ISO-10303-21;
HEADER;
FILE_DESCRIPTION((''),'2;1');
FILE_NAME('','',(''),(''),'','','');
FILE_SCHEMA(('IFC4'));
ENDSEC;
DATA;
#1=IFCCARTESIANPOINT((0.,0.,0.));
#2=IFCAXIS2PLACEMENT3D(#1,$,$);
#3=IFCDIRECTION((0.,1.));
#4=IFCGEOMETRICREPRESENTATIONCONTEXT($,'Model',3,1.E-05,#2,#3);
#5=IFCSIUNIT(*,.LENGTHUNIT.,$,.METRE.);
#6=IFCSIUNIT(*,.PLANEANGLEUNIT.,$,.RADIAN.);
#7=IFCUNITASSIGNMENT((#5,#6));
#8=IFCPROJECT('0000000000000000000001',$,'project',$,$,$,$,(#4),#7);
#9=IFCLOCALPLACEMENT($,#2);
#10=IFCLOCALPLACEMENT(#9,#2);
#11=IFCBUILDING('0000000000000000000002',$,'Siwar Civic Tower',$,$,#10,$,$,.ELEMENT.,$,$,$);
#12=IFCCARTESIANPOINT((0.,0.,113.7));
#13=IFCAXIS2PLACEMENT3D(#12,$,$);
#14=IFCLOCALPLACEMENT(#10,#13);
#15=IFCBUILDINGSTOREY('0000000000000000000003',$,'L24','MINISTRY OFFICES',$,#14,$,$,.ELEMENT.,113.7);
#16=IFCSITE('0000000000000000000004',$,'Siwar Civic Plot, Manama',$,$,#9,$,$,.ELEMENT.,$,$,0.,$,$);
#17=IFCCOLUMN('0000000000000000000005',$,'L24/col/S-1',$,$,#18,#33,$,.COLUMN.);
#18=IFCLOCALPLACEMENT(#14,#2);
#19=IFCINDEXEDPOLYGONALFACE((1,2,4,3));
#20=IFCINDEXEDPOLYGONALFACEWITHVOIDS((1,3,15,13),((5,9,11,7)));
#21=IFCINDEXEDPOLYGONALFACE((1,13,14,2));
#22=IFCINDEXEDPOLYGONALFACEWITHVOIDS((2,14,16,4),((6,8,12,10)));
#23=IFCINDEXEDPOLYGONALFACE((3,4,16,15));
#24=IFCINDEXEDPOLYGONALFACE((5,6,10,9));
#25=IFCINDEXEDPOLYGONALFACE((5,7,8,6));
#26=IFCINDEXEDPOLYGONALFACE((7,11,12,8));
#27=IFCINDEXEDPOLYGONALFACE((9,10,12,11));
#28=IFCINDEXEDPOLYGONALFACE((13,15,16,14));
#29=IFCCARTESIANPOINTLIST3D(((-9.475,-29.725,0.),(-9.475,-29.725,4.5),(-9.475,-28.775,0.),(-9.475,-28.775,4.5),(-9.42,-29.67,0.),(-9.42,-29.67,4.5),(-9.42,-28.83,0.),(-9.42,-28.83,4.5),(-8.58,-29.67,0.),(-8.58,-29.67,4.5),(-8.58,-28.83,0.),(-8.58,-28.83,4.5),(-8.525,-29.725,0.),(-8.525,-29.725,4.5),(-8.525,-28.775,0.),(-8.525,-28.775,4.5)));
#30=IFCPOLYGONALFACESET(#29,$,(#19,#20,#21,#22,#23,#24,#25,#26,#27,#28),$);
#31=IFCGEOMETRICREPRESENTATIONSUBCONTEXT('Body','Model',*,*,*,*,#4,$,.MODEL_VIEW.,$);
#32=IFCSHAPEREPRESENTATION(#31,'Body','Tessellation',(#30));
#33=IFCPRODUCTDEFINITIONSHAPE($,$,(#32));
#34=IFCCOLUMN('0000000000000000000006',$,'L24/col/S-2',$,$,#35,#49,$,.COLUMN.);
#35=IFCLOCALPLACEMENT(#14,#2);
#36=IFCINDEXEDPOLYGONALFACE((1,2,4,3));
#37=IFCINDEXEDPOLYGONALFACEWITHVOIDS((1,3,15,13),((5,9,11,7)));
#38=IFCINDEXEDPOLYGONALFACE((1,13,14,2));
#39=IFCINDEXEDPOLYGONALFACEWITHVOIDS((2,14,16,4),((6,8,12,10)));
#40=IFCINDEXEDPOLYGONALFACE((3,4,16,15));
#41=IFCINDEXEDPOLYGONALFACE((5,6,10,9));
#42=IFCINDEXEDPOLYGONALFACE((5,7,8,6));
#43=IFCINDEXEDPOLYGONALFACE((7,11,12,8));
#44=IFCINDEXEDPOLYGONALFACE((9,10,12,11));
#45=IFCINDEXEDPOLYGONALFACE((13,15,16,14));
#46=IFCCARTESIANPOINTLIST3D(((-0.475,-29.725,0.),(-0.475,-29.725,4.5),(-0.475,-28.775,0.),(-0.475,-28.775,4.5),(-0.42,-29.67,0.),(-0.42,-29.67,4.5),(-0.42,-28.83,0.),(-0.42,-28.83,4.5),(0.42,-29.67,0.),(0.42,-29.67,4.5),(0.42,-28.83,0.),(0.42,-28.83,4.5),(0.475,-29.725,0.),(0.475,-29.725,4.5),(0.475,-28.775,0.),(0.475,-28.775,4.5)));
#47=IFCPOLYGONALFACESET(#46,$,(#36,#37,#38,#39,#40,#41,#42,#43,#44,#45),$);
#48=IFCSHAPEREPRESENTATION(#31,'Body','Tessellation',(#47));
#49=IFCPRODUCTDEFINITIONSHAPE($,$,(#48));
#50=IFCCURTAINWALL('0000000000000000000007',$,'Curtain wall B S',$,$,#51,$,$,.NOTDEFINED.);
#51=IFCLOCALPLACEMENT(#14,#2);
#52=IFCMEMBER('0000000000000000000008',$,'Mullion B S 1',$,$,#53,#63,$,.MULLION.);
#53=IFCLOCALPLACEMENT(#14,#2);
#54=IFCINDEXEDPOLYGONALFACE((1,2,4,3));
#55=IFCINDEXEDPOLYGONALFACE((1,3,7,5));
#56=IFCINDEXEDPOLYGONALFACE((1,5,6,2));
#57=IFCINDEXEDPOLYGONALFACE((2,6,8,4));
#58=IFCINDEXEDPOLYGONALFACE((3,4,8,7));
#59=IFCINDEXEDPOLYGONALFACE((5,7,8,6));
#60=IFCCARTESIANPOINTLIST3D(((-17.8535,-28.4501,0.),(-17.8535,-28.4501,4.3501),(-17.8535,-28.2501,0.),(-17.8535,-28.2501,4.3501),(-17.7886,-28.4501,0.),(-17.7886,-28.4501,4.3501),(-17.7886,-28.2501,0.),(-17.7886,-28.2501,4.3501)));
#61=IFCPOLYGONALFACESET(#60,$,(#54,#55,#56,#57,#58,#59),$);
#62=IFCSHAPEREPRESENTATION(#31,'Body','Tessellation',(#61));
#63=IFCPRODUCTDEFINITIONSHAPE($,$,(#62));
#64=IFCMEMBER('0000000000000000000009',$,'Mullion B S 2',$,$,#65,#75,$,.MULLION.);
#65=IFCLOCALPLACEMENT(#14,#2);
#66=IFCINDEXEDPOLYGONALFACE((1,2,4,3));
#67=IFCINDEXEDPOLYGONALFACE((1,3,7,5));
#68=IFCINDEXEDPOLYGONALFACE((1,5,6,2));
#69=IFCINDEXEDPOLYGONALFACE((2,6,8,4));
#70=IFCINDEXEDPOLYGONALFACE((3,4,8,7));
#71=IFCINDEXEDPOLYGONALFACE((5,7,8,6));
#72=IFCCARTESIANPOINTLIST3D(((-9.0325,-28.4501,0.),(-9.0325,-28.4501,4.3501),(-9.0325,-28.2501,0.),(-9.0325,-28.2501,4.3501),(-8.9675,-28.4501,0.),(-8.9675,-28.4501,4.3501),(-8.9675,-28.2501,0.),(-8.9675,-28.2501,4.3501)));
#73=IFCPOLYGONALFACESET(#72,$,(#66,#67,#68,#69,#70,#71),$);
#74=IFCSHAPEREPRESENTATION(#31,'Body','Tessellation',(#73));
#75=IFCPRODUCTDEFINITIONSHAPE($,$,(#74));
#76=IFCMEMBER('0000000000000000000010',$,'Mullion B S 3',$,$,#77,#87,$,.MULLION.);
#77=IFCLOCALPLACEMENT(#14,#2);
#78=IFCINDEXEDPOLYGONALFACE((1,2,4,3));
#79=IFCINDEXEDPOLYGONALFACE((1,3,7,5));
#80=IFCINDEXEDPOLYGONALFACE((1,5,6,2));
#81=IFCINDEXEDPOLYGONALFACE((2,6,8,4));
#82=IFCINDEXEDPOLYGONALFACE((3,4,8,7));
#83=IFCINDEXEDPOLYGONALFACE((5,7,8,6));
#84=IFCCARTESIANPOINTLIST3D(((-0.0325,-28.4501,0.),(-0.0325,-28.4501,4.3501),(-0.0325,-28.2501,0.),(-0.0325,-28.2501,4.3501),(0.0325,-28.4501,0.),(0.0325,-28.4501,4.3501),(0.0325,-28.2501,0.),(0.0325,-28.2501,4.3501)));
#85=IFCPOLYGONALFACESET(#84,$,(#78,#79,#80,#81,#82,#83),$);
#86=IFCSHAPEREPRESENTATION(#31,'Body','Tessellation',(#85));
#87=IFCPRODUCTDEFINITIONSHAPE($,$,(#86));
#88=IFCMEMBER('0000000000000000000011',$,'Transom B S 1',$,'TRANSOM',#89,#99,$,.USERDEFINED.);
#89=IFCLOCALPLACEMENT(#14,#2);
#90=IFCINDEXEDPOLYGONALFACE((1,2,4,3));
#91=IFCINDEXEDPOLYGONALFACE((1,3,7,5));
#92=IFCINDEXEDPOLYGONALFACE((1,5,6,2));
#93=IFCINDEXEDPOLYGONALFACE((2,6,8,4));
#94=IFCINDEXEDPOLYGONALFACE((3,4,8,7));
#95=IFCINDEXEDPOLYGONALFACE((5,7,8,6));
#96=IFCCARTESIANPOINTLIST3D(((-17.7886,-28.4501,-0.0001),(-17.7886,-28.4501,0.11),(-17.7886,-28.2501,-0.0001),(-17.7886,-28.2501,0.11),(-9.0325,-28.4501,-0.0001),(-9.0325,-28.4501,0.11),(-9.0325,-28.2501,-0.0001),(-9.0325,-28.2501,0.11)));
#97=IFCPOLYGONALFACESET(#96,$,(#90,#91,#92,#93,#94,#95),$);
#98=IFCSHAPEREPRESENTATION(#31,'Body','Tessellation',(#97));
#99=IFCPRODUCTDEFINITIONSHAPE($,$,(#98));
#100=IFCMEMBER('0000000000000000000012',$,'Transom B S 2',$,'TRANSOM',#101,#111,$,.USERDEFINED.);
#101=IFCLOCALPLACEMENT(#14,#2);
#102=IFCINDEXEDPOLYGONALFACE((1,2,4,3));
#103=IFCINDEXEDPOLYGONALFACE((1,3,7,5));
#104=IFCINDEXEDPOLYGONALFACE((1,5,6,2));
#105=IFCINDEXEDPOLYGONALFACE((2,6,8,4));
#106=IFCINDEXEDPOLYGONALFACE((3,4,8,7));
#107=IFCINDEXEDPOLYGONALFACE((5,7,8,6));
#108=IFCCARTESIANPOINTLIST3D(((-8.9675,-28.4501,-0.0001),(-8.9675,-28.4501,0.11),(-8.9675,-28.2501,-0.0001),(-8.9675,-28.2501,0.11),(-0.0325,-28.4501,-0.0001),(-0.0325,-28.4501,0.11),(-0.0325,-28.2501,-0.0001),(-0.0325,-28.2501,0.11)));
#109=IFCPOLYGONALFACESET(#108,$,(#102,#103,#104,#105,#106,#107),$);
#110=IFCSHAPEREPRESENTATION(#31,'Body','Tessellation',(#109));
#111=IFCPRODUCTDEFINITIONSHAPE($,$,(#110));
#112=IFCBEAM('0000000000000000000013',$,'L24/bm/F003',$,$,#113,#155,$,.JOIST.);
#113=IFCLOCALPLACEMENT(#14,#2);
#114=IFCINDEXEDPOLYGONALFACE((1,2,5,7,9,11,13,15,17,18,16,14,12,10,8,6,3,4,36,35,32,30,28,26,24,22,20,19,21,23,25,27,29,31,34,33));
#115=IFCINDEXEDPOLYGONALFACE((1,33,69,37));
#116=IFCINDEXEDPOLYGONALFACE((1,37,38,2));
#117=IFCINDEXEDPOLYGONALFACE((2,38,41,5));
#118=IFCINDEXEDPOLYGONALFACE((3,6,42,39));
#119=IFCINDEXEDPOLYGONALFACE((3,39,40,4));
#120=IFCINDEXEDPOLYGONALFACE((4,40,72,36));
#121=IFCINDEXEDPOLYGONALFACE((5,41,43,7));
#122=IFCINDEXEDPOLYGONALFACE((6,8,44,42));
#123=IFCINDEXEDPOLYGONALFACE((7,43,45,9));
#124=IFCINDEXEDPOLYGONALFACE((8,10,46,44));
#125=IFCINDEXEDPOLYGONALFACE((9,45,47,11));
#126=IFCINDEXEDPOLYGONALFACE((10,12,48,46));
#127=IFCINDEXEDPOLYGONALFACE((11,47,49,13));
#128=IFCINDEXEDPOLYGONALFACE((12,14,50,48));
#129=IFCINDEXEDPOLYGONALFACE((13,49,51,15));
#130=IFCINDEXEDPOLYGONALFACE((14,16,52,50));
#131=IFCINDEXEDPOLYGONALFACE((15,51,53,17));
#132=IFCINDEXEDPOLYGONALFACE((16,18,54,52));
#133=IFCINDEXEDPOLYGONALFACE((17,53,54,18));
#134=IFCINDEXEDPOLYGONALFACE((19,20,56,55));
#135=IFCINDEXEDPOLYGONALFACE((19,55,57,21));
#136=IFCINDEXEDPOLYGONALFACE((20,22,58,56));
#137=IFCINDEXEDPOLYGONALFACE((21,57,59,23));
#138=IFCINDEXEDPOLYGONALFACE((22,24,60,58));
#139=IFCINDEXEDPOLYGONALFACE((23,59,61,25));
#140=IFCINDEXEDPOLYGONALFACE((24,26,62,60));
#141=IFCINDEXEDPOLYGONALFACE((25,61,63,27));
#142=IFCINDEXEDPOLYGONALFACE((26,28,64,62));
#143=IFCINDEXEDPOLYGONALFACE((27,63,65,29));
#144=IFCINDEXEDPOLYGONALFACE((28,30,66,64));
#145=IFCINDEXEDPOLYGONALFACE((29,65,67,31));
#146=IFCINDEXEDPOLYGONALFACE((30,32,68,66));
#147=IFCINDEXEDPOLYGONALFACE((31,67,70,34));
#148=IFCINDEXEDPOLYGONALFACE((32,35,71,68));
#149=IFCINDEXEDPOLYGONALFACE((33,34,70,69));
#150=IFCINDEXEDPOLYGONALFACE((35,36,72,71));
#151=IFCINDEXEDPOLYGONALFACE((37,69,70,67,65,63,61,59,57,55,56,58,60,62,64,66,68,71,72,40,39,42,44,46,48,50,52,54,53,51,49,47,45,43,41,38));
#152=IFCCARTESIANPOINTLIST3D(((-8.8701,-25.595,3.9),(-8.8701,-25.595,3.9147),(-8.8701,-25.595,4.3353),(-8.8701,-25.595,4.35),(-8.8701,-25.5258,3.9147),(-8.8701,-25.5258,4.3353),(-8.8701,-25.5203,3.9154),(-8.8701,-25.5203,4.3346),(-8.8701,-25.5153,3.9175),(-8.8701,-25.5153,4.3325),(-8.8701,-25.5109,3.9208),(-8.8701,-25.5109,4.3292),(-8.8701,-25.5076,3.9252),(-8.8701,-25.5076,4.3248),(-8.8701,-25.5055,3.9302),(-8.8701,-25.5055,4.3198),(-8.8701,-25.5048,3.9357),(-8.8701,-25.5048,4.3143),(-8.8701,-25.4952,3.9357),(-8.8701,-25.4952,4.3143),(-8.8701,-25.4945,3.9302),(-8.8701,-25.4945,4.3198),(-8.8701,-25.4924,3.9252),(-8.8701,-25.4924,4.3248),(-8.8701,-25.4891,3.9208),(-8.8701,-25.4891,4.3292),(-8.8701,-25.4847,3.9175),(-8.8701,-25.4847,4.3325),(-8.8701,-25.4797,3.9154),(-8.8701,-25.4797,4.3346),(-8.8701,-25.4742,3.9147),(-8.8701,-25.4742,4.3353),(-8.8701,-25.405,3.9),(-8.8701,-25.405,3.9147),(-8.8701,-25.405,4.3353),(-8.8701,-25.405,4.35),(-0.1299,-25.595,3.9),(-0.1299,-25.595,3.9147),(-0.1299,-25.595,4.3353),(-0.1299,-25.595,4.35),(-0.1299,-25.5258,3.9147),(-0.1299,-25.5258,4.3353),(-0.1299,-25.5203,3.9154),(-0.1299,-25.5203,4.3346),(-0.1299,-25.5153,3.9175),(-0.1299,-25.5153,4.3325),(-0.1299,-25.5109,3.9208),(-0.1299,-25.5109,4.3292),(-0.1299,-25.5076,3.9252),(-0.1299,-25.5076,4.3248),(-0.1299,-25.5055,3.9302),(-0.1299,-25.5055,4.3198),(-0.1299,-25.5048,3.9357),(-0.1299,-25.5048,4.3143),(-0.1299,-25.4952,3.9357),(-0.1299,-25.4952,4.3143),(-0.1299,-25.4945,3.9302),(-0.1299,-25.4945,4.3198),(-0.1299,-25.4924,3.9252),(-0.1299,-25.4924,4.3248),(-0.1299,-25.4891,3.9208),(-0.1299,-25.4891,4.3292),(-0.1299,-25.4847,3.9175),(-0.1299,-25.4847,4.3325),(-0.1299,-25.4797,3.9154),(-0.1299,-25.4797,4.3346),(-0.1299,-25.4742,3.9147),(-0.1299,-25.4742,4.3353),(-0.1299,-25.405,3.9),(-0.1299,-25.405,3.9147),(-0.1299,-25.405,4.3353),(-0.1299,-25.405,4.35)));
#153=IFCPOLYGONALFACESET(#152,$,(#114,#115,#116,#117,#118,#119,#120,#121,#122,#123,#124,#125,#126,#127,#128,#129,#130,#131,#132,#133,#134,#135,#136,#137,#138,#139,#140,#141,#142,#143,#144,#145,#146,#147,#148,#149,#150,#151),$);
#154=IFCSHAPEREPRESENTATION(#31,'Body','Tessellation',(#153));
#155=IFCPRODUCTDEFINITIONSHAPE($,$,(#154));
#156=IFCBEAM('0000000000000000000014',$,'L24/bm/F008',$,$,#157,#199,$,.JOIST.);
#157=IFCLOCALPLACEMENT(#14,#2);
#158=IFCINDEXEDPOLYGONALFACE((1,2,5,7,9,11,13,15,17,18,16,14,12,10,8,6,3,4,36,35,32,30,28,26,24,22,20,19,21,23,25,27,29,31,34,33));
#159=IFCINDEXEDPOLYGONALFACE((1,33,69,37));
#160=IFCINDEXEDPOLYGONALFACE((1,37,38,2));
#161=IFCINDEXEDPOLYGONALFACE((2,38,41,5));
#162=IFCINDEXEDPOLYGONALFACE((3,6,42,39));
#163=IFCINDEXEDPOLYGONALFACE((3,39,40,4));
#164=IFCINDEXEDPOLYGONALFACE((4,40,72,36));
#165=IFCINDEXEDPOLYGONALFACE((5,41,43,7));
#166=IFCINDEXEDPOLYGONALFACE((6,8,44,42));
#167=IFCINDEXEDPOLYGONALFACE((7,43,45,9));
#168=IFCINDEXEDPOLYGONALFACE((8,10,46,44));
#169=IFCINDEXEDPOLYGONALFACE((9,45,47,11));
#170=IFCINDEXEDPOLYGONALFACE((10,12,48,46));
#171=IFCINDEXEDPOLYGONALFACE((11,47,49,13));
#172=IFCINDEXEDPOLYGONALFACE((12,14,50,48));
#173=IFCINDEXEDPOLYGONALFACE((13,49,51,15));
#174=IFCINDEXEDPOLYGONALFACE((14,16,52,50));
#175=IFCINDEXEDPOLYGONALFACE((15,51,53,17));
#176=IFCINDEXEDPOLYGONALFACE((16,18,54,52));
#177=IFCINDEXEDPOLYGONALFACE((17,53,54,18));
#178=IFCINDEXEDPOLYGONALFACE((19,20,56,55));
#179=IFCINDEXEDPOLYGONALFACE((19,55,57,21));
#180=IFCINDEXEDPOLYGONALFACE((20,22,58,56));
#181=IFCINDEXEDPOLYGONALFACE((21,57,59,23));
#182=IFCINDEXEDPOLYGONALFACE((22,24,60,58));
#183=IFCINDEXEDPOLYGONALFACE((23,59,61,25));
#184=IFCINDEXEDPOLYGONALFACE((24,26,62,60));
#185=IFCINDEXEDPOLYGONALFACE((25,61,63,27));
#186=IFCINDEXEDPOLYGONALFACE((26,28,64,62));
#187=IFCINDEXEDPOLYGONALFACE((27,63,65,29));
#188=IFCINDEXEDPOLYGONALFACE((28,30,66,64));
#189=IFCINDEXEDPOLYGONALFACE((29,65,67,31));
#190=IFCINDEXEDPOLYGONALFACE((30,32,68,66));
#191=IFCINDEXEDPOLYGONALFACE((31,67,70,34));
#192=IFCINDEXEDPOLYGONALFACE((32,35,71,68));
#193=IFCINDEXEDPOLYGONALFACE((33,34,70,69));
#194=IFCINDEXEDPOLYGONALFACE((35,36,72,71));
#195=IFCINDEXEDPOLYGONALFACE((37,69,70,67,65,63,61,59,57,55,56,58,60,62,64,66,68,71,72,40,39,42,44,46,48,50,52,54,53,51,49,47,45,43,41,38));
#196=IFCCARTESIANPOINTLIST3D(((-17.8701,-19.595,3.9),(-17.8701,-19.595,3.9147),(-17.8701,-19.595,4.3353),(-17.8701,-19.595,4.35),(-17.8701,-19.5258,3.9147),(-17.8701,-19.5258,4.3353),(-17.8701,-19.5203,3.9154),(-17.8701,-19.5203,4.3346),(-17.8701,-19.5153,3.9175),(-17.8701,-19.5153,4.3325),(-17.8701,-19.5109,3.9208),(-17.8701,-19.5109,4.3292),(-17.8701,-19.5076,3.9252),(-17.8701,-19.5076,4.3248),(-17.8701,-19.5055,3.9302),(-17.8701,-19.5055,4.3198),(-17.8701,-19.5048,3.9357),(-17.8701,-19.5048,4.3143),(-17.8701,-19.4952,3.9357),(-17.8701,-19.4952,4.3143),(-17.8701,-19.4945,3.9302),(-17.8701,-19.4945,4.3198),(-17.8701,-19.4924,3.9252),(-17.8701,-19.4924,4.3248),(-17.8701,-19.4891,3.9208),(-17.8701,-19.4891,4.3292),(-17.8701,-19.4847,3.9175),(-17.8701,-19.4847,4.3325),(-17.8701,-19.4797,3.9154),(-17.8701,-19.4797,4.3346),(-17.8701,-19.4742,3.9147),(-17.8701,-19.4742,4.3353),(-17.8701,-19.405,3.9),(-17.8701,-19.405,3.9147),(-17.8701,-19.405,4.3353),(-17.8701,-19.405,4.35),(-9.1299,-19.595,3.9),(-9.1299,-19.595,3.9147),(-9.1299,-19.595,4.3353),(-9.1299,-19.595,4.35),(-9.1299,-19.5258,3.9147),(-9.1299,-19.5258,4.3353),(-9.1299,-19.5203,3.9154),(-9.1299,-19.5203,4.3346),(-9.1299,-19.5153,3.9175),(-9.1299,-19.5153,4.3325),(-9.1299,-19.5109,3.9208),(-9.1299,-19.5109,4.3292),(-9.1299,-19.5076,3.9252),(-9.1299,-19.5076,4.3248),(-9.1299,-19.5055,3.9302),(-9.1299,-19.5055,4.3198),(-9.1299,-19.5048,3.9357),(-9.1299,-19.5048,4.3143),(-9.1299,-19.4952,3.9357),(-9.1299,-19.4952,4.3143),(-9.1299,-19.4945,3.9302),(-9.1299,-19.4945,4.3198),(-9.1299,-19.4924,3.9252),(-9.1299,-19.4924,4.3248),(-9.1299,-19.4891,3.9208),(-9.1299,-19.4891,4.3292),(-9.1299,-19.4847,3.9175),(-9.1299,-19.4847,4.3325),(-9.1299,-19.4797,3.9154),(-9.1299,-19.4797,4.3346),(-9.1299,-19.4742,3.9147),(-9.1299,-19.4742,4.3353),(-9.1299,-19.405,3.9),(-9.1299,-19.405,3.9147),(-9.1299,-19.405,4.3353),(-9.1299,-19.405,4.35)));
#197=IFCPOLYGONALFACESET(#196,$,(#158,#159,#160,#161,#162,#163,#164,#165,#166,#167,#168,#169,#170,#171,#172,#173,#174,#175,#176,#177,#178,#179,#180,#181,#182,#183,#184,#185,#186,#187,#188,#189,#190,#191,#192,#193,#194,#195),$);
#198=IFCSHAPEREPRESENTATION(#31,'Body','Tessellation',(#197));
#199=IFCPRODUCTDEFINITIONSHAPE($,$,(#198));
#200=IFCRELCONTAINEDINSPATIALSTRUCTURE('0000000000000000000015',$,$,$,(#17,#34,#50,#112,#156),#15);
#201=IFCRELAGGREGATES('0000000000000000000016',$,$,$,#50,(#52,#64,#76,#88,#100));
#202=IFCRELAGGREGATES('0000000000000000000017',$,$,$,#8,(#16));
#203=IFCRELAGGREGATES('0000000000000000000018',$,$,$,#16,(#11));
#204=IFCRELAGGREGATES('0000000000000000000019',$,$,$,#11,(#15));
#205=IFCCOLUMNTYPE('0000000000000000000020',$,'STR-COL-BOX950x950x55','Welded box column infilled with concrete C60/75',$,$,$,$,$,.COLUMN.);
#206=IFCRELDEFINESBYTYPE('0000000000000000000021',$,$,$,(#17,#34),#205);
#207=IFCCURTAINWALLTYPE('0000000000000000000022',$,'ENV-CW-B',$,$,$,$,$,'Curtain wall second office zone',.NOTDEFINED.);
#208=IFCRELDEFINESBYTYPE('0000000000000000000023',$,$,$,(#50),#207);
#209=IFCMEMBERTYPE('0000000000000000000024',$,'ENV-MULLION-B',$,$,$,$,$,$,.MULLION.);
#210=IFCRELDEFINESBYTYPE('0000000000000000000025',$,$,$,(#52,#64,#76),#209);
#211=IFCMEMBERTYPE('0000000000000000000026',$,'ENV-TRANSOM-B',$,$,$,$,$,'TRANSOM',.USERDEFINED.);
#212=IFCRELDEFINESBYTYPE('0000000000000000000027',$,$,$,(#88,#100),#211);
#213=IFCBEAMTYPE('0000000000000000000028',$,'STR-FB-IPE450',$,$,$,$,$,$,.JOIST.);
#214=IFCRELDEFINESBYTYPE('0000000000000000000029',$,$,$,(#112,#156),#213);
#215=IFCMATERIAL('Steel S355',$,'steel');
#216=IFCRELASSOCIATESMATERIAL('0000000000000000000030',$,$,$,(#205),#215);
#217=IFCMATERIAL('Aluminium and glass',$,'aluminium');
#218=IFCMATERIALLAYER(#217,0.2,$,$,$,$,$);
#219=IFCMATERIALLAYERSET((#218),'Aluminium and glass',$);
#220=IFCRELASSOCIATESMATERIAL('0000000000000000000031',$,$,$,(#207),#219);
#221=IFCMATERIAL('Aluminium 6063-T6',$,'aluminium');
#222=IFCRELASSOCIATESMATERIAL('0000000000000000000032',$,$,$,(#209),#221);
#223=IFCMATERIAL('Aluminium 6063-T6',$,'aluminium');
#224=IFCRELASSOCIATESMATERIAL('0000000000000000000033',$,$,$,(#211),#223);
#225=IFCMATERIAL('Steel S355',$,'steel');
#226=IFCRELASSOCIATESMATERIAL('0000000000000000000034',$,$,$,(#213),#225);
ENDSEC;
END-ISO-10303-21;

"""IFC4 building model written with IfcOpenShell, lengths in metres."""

from ifc_helpers import new_model, si_unit, direction, frame, origin, origin_2d, place, context, subcontext, project, spatial, rectangle, hollow_rectangle, i_section, extrude, material, layer, layer_set, material_profile, profile_set, type_object, element, aggregate, save


model = new_model("IFC4")

# Units and contexts
model_context = context("Model", 3, precision=1e-05, world=origin(), true_north=direction((0.0, 1.0)))
body_context = subcontext(model_context, "Body", "Model", "MODEL_VIEW")
ifc_project = project(units=[si_unit("LENGTHUNIT", "METRE"), si_unit("PLANEANGLEUNIT", "RADIAN")], contexts=[model_context])

# Site, building, storey
site_placement = place(None, origin())
site = spatial("IfcSite", under=ifc_project, at=site_placement, Name="Siwar Civic Plot, Manama", CompositionType="ELEMENT", RefElevation=0.0)
building_placement = place(site_placement, origin())
building = spatial("IfcBuilding", under=site, at=building_placement, Name="Siwar Civic Tower", CompositionType="ELEMENT")
storey_placement = place(building_placement, frame((0.0, 0.0, 113.7)))
storey = spatial("IfcBuildingStorey", under=building, at=storey_placement, Name="L24", Description="MINISTRY OFFICES", CompositionType="ELEMENT", Elevation=113.7)

# Columns
ifc_material_1 = material(Name="Steel S355", Category="steel")
ifc_material_profile_1 = material_profile(ifc_material_1, hollow_rectangle(XDim=0.95, YDim=0.95, WallThickness=0.0549, at=origin_2d()), Name="BOX950x950x55")
ifc_profile_set_1 = profile_set([ifc_material_profile_1], Name="Steel S355")
column_type = type_object("IfcColumnType", Name="STR-COL-BOX950x950x55", Description="Welded box column infilled with concrete C60/75", PredefinedType="COLUMN", material=ifc_profile_set_1)
for number, where, z_axis, x_axis, name in (
    (1, (-9.0, -29.25, 0.0), (0.0, 0.0, 1.0), (1.0, 0.0, 0.0), "L24/col/S-1"),
    (2, (0.0, -29.25, 0.0), (0.0, 0.0, 1.0), (1.0, 0.0, 0.0), "L24/col/S-2"),
):
    element("IfcColumn", number, at=place(storey_placement, frame(where, z_axis=z_axis, x_axis=x_axis)), inside=storey, type_object=column_type, Name=name, PredefinedType="COLUMN", context=body_context, shape_type="SweptSolid", body=[
        extrude(hollow_rectangle(XDim=0.95, YDim=0.95, WallThickness=0.0549, at=origin_2d()), origin(), (0.0, 0.0, 1.0), 4.5),
    ])

# Curtain wall, members
ifc_material_2 = material(Name="Aluminium and glass", Category="aluminium")
ifc_layer_1 = layer(ifc_material_2, 0.2)
ifc_layer_set_1 = layer_set([ifc_layer_1], Name="Aluminium and glass")
curtain_wall_type = type_object("IfcCurtainWallType", Name="ENV-CW-B", ElementType="Curtain wall second office zone", PredefinedType="NOTDEFINED", material=ifc_layer_set_1)
curtain_wall_placement = place(storey_placement, origin())
curtain_wall = element("IfcCurtainWall", 3, at=curtain_wall_placement, inside=storey, type_object=curtain_wall_type, Name="Curtain wall B S", PredefinedType="NOTDEFINED")
ifc_material_3 = material(Name="Aluminium 6063-T6", Category="aluminium")
ifc_material_profile_2 = material_profile(ifc_material_3, rectangle(XDim=0.2, YDim=0.0649, at=origin_2d()), Name="AL 200x65")
ifc_profile_set_2 = profile_set([ifc_material_profile_2], Name="Aluminium 6063-T6")
member_type_1 = type_object("IfcMemberType", Name="ENV-MULLION-B", PredefinedType="MULLION", material=ifc_profile_set_2)
member_1_placement = place(storey_placement, frame((-17.821, -28.3501, 0.0), z_axis=(0.0, 0.0, 1.0), x_axis=(0.0, 1.0, 0.0)))
member_1 = element("IfcMember", 4, at=member_1_placement, type_object=member_type_1, Name="Mullion B S 1", PredefinedType="MULLION", context=body_context, shape_type="SweptSolid", body=[
    extrude(rectangle(XDim=0.2, YDim=0.0649, at=origin_2d()), origin(), (0.0, 0.0, 1.0), 4.3501),
])
member_2_placement = place(storey_placement, frame((-9.0, -28.3501, 0.0), z_axis=(0.0, 0.0, 1.0), x_axis=(0.0, 1.0, 0.0)))
member_2 = element("IfcMember", 5, at=member_2_placement, type_object=member_type_1, Name="Mullion B S 2", PredefinedType="MULLION", context=body_context, shape_type="SweptSolid", body=[
    extrude(rectangle(XDim=0.2, YDim=0.0649, at=origin_2d()), origin(), (0.0, 0.0, 1.0), 4.3501),
])
member_3_placement = place(storey_placement, frame((0.0, -28.3501, 0.0), z_axis=(0.0, 0.0, 1.0), x_axis=(0.0, 1.0, 0.0)))
member_3 = element("IfcMember", 6, at=member_3_placement, type_object=member_type_1, Name="Mullion B S 3", PredefinedType="MULLION", context=body_context, shape_type="SweptSolid", body=[
    extrude(rectangle(XDim=0.2, YDim=0.0649, at=origin_2d()), origin(), (0.0, 0.0, 1.0), 4.3501),
])
ifc_material_4 = material(Name="Aluminium 6063-T6", Category="aluminium")
ifc_material_profile_3 = material_profile(ifc_material_4, rectangle(XDim=0.2, YDim=0.1101, at=origin_2d()), Name="AL 200x110")
ifc_profile_set_3 = profile_set([ifc_material_profile_3], Name="Aluminium 6063-T6")
member_type_2 = type_object("IfcMemberType", Name="ENV-TRANSOM-B", ElementType="TRANSOM", PredefinedType="USERDEFINED", material=ifc_profile_set_3)
member_4_placement = place(storey_placement, frame((-17.7886, -28.3501, 0.0549), z_axis=(1.0, 0.0, 0.0), x_axis=(0.0, 1.0, 0.0)))
member_4 = element("IfcMember", 7, at=member_4_placement, type_object=member_type_2, Name="Transom B S 1", ObjectType="TRANSOM", PredefinedType="USERDEFINED", context=body_context, shape_type="SweptSolid", body=[
    extrude(rectangle(XDim=0.2, YDim=0.1101, at=origin_2d()), origin(), (0.0, 0.0, 1.0), 8.7561),
])
member_5_placement = place(storey_placement, frame((-8.9675, -28.3501, 0.0549), z_axis=(1.0, 0.0, 0.0), x_axis=(0.0, 1.0, 0.0)))
member_5 = element("IfcMember", 8, at=member_5_placement, type_object=member_type_2, Name="Transom B S 2", ObjectType="TRANSOM", PredefinedType="USERDEFINED", context=body_context, shape_type="SweptSolid", body=[
    extrude(rectangle(XDim=0.2, YDim=0.1101, at=origin_2d()), origin(), (0.0, 0.0, 1.0), 8.9351),
])

# Beams
ifc_material_5 = material(Name="Steel S355", Category="steel")
ifc_material_profile_4 = material_profile(ifc_material_5, i_section(OverallWidth=0.1899, OverallDepth=0.45, WebThickness=0.0095, FlangeThickness=0.0146, FilletRadius=0.021, at=origin_2d()), Name="IPE450")
ifc_profile_set_4 = profile_set([ifc_material_profile_4], Name="Steel S355")
beam_type_1 = type_object("IfcBeamType", Name="STR-FB-IPE450", PredefinedType="JOIST", material=ifc_profile_set_4)
for number, where, z_axis, x_axis, name in (
    (9, (-8.8701, -25.5, 4.125), (1.0, 0.0, 0.0), (0.0, 1.0, 0.0), "L24/bm/F003"),
    (10, (-17.8701, -19.5, 4.125), (1.0, 0.0, 0.0), (0.0, 1.0, 0.0), "L24/bm/F008"),
):
    element("IfcBeam", number, at=place(storey_placement, frame(where, z_axis=z_axis, x_axis=x_axis)), inside=storey, type_object=beam_type_1, Name=name, PredefinedType="JOIST", context=body_context, shape_type="SweptSolid", body=[
        extrude(i_section(OverallWidth=0.1899, OverallDepth=0.45, WebThickness=0.0095, FlangeThickness=0.0146, FilletRadius=0.021, at=origin_2d()), origin(), (0.0, 0.0, 1.0), 8.7402),
    ])

aggregate(curtain_wall, [member_1, member_2, member_3, member_4, member_5])

save(model, "model.ifc")
